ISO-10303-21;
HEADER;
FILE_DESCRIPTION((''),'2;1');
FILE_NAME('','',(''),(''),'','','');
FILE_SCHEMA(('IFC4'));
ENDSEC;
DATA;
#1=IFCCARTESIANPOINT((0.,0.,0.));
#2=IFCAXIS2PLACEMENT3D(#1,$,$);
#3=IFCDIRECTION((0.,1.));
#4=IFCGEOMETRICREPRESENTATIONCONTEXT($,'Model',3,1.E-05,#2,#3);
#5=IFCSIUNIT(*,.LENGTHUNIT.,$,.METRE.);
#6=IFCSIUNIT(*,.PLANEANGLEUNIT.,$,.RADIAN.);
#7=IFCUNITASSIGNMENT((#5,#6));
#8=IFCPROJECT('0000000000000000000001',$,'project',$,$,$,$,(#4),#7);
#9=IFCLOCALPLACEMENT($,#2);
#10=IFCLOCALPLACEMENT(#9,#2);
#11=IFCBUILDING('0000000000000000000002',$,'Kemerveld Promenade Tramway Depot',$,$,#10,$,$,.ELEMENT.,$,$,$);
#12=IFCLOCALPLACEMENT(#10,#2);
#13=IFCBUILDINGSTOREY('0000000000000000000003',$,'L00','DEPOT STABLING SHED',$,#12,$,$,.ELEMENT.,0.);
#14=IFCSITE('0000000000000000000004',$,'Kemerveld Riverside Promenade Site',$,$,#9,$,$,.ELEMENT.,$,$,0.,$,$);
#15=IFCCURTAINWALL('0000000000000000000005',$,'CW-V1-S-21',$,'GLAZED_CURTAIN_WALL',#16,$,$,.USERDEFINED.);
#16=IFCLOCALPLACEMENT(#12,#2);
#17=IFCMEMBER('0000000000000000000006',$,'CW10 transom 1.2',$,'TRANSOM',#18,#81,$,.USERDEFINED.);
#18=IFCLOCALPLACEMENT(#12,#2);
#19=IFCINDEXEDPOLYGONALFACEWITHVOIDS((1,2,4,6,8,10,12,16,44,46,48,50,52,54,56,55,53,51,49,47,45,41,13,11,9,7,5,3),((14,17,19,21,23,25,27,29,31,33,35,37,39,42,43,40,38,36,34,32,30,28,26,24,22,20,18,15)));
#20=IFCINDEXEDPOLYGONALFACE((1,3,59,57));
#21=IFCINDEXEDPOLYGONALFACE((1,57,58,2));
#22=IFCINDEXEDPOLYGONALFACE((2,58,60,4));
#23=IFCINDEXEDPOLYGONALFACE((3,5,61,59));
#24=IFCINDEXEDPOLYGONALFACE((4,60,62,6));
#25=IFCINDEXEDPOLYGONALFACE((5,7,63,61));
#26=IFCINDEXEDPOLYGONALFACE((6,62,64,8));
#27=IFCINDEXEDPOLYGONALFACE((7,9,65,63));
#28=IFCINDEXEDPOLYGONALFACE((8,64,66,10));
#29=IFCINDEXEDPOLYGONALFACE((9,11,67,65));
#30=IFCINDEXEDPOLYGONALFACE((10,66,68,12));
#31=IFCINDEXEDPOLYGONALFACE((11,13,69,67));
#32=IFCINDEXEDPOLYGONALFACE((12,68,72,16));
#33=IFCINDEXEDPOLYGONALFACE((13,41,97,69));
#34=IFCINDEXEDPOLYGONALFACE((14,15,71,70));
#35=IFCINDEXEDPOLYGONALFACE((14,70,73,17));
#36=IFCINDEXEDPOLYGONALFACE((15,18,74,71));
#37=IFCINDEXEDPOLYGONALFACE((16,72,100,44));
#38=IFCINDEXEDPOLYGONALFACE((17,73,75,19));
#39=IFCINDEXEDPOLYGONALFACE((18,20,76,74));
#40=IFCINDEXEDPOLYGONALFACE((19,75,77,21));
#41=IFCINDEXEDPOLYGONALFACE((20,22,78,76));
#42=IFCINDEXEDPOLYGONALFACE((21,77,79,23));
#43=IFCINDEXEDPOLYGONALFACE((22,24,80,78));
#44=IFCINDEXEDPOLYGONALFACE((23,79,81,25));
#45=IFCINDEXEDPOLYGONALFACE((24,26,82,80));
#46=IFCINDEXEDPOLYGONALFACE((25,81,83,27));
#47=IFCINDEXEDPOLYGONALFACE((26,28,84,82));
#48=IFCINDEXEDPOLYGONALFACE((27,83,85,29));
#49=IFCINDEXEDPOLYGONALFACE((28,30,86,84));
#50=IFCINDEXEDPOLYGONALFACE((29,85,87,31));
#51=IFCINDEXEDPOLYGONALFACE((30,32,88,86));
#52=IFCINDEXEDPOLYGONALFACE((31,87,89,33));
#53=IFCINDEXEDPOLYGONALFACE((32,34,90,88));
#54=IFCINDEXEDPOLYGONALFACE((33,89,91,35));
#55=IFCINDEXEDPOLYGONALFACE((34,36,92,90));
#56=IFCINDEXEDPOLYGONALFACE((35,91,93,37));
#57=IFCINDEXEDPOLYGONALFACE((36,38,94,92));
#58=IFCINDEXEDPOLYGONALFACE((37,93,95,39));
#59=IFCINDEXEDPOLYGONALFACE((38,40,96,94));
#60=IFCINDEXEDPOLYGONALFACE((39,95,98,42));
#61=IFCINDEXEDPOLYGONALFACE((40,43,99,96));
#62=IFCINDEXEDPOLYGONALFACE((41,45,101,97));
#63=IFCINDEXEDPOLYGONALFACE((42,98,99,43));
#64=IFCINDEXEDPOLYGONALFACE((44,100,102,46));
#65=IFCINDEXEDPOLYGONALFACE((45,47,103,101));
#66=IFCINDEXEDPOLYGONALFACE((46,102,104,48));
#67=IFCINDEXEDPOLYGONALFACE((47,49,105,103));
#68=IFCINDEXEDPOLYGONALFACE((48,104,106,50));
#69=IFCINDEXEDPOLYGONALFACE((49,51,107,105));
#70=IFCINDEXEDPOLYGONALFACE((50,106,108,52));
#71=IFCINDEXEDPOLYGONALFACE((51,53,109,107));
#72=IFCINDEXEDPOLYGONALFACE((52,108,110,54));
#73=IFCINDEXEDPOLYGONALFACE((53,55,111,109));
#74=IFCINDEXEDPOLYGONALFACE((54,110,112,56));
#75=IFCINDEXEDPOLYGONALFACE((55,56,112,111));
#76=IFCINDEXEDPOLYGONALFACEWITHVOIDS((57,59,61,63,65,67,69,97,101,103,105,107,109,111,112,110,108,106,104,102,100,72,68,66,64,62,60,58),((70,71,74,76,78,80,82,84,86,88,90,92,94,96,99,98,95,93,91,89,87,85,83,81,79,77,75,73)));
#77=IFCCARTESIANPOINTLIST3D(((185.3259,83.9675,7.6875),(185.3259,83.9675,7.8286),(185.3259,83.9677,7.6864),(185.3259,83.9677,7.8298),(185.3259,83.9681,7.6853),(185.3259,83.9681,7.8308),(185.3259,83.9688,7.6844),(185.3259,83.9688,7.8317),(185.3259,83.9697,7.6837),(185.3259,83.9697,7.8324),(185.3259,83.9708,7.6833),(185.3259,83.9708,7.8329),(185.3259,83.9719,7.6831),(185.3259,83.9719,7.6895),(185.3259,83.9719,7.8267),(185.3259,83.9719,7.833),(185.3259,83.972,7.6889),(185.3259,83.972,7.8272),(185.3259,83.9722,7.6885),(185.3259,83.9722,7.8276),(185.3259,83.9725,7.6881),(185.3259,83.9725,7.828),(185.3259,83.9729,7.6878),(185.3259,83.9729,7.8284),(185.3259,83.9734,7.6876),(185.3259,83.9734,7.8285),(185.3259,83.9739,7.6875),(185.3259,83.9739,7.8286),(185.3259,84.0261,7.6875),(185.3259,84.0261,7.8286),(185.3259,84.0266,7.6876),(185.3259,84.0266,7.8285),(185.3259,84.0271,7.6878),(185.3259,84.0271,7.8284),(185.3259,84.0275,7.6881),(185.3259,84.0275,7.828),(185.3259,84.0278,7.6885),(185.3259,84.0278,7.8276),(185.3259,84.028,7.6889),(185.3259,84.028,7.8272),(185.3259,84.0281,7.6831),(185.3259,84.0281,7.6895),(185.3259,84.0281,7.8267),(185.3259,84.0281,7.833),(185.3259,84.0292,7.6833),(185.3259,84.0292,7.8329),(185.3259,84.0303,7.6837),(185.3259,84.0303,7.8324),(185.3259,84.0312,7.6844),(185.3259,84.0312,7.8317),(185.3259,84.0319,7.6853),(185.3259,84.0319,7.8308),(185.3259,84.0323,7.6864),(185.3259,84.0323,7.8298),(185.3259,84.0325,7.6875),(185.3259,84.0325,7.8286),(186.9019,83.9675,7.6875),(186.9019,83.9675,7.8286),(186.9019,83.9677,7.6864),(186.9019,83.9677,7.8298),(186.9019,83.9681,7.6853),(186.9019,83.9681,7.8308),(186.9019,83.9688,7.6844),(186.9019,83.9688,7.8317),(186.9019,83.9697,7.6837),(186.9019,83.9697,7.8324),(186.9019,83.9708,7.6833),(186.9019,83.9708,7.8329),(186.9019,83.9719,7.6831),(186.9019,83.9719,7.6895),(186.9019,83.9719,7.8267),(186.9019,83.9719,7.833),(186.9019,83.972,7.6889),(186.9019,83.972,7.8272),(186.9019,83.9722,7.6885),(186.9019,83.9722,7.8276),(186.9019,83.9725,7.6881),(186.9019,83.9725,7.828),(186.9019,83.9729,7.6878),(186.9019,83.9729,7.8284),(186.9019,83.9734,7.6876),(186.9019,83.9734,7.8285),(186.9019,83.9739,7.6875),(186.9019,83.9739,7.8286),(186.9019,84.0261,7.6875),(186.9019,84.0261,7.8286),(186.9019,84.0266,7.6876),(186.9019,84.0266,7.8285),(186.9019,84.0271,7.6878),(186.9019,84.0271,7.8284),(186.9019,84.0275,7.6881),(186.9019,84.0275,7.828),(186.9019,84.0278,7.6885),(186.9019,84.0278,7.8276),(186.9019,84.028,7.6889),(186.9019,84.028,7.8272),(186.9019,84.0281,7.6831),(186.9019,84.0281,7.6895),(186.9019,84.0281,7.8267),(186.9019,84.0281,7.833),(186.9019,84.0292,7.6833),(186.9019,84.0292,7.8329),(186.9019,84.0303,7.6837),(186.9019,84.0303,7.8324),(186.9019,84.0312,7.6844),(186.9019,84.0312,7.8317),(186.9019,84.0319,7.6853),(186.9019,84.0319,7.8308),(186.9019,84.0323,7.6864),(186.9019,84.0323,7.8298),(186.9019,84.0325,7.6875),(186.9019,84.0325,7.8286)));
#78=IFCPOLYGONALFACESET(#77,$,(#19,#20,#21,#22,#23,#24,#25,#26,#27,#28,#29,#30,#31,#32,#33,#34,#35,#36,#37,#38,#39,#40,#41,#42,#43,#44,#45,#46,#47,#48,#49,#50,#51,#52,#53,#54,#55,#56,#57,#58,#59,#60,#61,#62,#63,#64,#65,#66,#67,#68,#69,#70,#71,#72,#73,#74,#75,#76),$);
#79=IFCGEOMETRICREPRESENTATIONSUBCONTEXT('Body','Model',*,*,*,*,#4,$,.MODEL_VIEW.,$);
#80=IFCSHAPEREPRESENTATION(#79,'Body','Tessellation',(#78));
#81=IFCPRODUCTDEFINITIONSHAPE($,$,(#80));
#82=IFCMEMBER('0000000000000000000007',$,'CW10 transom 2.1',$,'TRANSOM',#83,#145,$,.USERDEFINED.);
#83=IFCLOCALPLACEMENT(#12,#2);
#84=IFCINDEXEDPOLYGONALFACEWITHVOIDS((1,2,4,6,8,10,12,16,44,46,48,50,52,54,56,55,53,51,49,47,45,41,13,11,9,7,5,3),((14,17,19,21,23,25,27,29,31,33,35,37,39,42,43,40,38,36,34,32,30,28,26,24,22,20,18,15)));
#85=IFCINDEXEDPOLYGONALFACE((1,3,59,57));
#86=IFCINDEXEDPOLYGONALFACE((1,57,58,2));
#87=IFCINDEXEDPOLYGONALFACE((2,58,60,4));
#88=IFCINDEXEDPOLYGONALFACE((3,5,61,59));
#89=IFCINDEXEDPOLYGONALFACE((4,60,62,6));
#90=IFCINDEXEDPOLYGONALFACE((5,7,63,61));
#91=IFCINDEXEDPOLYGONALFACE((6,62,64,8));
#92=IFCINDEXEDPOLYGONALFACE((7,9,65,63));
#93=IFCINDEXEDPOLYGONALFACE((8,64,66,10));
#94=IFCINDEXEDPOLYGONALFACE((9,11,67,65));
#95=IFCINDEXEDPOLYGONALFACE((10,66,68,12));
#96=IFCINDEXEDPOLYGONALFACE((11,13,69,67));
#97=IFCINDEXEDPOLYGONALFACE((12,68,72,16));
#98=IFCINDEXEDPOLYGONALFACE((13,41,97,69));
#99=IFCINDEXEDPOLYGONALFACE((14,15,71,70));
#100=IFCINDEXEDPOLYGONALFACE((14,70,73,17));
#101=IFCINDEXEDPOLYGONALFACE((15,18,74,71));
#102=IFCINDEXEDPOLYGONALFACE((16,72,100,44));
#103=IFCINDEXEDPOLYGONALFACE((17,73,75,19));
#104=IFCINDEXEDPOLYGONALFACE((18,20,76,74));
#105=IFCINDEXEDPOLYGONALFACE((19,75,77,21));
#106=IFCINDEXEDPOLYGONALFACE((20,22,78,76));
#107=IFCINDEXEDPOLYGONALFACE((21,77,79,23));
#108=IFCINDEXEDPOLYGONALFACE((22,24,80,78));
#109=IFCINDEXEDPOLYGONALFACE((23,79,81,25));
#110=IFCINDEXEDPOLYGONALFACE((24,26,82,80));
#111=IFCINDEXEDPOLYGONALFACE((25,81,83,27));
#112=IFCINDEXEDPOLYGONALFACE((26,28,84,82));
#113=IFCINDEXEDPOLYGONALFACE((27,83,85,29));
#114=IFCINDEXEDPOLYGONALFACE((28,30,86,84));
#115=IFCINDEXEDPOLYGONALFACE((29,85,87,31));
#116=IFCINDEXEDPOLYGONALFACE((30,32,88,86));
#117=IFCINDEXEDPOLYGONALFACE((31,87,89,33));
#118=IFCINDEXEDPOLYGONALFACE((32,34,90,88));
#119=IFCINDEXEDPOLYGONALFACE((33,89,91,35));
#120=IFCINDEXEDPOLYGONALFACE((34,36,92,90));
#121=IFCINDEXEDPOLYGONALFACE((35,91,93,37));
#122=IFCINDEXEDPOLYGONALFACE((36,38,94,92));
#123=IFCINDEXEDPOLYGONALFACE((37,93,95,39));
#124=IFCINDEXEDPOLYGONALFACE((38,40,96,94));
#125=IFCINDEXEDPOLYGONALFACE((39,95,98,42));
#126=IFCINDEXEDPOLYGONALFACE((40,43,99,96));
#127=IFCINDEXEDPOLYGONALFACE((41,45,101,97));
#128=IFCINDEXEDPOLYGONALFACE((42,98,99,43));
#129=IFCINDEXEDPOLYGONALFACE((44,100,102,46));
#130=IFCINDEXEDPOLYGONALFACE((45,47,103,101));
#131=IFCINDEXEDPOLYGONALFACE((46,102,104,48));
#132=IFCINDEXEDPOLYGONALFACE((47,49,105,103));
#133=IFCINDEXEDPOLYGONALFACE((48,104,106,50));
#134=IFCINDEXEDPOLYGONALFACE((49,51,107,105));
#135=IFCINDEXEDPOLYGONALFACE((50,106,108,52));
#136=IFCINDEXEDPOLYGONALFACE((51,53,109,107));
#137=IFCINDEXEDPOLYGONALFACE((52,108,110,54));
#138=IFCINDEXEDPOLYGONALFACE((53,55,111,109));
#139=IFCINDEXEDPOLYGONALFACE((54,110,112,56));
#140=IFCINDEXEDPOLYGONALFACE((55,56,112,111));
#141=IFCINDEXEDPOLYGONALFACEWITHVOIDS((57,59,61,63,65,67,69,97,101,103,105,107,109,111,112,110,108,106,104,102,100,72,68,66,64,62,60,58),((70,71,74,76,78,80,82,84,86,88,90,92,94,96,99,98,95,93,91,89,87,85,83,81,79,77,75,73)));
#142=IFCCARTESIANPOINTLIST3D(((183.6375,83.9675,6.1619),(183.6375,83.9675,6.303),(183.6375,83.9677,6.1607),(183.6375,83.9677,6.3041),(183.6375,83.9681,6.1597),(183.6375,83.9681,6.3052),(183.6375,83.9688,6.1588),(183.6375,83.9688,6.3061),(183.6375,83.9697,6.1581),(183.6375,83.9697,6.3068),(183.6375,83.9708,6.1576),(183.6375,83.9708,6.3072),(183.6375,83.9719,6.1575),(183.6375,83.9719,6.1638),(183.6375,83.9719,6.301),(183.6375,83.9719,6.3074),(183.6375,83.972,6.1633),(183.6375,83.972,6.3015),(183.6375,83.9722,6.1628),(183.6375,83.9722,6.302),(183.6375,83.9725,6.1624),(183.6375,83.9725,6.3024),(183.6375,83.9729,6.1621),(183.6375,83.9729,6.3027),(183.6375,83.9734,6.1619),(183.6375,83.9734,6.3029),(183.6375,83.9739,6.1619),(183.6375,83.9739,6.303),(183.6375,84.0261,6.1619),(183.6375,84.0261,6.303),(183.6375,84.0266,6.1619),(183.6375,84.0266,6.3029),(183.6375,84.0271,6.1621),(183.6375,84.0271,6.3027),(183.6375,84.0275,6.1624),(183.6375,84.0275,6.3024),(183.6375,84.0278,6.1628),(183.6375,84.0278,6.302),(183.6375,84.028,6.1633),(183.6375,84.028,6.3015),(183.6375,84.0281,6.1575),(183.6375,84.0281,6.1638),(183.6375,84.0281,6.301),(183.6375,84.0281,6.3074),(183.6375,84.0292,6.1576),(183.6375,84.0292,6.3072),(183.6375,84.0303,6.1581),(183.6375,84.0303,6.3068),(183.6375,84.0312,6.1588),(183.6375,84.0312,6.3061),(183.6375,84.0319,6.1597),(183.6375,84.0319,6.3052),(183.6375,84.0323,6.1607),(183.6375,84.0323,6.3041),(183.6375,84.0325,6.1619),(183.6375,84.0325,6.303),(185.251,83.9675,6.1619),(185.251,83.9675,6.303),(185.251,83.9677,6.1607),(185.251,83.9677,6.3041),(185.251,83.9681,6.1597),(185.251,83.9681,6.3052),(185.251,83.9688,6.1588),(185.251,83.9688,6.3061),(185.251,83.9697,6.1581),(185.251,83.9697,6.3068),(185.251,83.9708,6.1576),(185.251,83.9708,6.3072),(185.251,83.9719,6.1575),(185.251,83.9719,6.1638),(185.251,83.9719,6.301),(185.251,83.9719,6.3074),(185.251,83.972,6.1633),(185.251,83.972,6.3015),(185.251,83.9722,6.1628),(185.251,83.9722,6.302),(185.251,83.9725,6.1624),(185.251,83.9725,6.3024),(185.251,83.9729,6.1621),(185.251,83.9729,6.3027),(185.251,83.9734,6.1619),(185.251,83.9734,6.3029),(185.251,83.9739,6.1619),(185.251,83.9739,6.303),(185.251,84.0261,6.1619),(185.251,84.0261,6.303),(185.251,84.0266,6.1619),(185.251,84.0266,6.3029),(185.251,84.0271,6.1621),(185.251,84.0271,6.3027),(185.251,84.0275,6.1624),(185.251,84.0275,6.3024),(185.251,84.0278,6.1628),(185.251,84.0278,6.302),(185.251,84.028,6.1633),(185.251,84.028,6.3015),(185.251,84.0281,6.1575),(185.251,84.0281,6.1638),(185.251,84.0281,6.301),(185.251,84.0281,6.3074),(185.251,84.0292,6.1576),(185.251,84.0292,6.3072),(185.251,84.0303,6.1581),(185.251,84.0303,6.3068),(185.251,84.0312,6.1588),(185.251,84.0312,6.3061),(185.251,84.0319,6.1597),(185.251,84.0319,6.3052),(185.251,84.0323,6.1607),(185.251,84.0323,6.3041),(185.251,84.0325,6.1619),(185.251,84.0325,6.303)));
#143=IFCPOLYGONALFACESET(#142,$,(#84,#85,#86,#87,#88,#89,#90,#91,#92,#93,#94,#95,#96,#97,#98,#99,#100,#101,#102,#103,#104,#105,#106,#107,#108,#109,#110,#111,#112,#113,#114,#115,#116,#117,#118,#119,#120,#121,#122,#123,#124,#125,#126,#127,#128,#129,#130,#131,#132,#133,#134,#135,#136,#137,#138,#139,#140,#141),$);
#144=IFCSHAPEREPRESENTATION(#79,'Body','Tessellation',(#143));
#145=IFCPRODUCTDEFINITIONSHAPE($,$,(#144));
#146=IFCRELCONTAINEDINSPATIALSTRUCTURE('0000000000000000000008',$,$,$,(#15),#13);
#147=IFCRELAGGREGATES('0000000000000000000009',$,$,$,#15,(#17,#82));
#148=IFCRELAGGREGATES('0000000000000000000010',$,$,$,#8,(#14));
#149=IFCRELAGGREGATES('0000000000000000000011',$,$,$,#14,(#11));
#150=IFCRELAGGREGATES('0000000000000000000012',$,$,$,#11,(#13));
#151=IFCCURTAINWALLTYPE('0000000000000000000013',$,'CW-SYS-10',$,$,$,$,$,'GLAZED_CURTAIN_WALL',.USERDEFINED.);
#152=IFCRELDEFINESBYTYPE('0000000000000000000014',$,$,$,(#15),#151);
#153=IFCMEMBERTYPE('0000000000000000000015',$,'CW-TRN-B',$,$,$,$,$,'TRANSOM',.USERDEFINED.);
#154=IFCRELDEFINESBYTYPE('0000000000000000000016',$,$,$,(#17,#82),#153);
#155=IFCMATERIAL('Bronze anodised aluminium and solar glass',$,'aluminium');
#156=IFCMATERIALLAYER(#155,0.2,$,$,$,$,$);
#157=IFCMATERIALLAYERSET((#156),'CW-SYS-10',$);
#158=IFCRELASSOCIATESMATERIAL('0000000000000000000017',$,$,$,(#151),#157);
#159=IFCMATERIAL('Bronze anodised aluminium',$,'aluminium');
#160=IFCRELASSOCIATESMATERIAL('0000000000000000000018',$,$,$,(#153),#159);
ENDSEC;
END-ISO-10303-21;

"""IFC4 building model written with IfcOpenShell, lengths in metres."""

from ifc_helpers import new_model, si_unit, direction, frame, origin, origin_2d, place, context, subcontext, project, spatial, hollow_rectangle, extrude, material, layer, layer_set, material_profile, profile_set, type_object, element, aggregate, save


model = new_model("IFC4")

# Units and contexts
model_context = context("Model", 3, precision=1e-05, world=origin(), true_north=direction((0.0, 1.0)))
body_context = subcontext(model_context, "Body", "Model", "MODEL_VIEW")
ifc_project = project(units=[si_unit("LENGTHUNIT", "METRE"), si_unit("PLANEANGLEUNIT", "RADIAN")], contexts=[model_context])

# Site, building, storey
site_placement = place(None, origin())
site = spatial("IfcSite", under=ifc_project, at=site_placement, Name="Kemerveld Riverside Promenade Site", CompositionType="ELEMENT", RefElevation=0.0)
building_placement = place(site_placement, origin())
building = spatial("IfcBuilding", under=site, at=building_placement, Name="Kemerveld Promenade Tramway Depot", CompositionType="ELEMENT")
storey_placement = place(building_placement, origin())
storey = spatial("IfcBuildingStorey", under=building, at=storey_placement, Name="L00", Description="DEPOT STABLING SHED", CompositionType="ELEMENT", Elevation=0.0)

# Shared definitions
ifc_material_1 = material(Name="Bronze anodised aluminium and solar glass", Category="aluminium")
ifc_material_2 = material(Name="Bronze anodised aluminium", Category="aluminium")

# Curtain wall, members
ifc_layer_1 = layer(ifc_material_1, 0.2)
ifc_layer_set_1 = layer_set([ifc_layer_1], Name="CW-SYS-10")
curtain_wall_type_1 = type_object("IfcCurtainWallType", Name="CW-SYS-10", ElementType="GLAZED_CURTAIN_WALL", PredefinedType="USERDEFINED", material=ifc_layer_set_1)
curtain_wall_1_placement = place(storey_placement, origin())
curtain_wall_1 = element("IfcCurtainWall", 1, at=curtain_wall_1_placement, inside=storey, type_object=curtain_wall_type_1, Name="CW-V1-S-21", ObjectType="GLAZED_CURTAIN_WALL", PredefinedType="USERDEFINED")
ifc_material_profile_1 = material_profile(ifc_material_2, hollow_rectangle(XDim=0.0649, YDim=0.1499, WallThickness=0.0044, InnerFilletRadius=0.002, OuterFilletRadius=0.0044, at=origin_2d()), Name="CW-TRN-150x65")
ifc_profile_set_1 = profile_set([ifc_material_profile_1], Name="Bronze anodised aluminium")
member_type_1 = type_object("IfcMemberType", Name="CW-TRN-B", ElementType="TRANSOM", PredefinedType="USERDEFINED", material=ifc_profile_set_1)
member_1_placement = place(storey_placement, frame((186.9019, 84.0, 7.7581), z_axis=(-1.0, 0.0, 0.0), x_axis=(0.0, -1.0, 0.0)))
member_1 = element("IfcMember", 2, at=member_1_placement, type_object=member_type_1, Name="CW10 transom 1.2", ObjectType="TRANSOM", PredefinedType="USERDEFINED", context=body_context, shape_type="SweptSolid", body=[
    extrude(hollow_rectangle(XDim=0.0649, YDim=0.1499, WallThickness=0.0044, InnerFilletRadius=0.002, OuterFilletRadius=0.0044, at=origin_2d()), origin(), (0.0, 0.0, 1.0), 1.5759),
])
member_2_placement = place(storey_placement, frame((185.251, 84.0, 6.2324), z_axis=(-1.0, 0.0, 0.0), x_axis=(0.0, -1.0, 0.0)))
member_2 = element("IfcMember", 3, at=member_2_placement, type_object=member_type_1, Name="CW10 transom 2.1", ObjectType="TRANSOM", PredefinedType="USERDEFINED", context=body_context, shape_type="SweptSolid", body=[
    extrude(hollow_rectangle(XDim=0.0649, YDim=0.1499, WallThickness=0.0044, InnerFilletRadius=0.002, OuterFilletRadius=0.0044, at=origin_2d()), origin(), (0.0, 0.0, 1.0), 1.6135),
])

aggregate(curtain_wall_1, [member_1, member_2])

save(model, "model.ifc")
